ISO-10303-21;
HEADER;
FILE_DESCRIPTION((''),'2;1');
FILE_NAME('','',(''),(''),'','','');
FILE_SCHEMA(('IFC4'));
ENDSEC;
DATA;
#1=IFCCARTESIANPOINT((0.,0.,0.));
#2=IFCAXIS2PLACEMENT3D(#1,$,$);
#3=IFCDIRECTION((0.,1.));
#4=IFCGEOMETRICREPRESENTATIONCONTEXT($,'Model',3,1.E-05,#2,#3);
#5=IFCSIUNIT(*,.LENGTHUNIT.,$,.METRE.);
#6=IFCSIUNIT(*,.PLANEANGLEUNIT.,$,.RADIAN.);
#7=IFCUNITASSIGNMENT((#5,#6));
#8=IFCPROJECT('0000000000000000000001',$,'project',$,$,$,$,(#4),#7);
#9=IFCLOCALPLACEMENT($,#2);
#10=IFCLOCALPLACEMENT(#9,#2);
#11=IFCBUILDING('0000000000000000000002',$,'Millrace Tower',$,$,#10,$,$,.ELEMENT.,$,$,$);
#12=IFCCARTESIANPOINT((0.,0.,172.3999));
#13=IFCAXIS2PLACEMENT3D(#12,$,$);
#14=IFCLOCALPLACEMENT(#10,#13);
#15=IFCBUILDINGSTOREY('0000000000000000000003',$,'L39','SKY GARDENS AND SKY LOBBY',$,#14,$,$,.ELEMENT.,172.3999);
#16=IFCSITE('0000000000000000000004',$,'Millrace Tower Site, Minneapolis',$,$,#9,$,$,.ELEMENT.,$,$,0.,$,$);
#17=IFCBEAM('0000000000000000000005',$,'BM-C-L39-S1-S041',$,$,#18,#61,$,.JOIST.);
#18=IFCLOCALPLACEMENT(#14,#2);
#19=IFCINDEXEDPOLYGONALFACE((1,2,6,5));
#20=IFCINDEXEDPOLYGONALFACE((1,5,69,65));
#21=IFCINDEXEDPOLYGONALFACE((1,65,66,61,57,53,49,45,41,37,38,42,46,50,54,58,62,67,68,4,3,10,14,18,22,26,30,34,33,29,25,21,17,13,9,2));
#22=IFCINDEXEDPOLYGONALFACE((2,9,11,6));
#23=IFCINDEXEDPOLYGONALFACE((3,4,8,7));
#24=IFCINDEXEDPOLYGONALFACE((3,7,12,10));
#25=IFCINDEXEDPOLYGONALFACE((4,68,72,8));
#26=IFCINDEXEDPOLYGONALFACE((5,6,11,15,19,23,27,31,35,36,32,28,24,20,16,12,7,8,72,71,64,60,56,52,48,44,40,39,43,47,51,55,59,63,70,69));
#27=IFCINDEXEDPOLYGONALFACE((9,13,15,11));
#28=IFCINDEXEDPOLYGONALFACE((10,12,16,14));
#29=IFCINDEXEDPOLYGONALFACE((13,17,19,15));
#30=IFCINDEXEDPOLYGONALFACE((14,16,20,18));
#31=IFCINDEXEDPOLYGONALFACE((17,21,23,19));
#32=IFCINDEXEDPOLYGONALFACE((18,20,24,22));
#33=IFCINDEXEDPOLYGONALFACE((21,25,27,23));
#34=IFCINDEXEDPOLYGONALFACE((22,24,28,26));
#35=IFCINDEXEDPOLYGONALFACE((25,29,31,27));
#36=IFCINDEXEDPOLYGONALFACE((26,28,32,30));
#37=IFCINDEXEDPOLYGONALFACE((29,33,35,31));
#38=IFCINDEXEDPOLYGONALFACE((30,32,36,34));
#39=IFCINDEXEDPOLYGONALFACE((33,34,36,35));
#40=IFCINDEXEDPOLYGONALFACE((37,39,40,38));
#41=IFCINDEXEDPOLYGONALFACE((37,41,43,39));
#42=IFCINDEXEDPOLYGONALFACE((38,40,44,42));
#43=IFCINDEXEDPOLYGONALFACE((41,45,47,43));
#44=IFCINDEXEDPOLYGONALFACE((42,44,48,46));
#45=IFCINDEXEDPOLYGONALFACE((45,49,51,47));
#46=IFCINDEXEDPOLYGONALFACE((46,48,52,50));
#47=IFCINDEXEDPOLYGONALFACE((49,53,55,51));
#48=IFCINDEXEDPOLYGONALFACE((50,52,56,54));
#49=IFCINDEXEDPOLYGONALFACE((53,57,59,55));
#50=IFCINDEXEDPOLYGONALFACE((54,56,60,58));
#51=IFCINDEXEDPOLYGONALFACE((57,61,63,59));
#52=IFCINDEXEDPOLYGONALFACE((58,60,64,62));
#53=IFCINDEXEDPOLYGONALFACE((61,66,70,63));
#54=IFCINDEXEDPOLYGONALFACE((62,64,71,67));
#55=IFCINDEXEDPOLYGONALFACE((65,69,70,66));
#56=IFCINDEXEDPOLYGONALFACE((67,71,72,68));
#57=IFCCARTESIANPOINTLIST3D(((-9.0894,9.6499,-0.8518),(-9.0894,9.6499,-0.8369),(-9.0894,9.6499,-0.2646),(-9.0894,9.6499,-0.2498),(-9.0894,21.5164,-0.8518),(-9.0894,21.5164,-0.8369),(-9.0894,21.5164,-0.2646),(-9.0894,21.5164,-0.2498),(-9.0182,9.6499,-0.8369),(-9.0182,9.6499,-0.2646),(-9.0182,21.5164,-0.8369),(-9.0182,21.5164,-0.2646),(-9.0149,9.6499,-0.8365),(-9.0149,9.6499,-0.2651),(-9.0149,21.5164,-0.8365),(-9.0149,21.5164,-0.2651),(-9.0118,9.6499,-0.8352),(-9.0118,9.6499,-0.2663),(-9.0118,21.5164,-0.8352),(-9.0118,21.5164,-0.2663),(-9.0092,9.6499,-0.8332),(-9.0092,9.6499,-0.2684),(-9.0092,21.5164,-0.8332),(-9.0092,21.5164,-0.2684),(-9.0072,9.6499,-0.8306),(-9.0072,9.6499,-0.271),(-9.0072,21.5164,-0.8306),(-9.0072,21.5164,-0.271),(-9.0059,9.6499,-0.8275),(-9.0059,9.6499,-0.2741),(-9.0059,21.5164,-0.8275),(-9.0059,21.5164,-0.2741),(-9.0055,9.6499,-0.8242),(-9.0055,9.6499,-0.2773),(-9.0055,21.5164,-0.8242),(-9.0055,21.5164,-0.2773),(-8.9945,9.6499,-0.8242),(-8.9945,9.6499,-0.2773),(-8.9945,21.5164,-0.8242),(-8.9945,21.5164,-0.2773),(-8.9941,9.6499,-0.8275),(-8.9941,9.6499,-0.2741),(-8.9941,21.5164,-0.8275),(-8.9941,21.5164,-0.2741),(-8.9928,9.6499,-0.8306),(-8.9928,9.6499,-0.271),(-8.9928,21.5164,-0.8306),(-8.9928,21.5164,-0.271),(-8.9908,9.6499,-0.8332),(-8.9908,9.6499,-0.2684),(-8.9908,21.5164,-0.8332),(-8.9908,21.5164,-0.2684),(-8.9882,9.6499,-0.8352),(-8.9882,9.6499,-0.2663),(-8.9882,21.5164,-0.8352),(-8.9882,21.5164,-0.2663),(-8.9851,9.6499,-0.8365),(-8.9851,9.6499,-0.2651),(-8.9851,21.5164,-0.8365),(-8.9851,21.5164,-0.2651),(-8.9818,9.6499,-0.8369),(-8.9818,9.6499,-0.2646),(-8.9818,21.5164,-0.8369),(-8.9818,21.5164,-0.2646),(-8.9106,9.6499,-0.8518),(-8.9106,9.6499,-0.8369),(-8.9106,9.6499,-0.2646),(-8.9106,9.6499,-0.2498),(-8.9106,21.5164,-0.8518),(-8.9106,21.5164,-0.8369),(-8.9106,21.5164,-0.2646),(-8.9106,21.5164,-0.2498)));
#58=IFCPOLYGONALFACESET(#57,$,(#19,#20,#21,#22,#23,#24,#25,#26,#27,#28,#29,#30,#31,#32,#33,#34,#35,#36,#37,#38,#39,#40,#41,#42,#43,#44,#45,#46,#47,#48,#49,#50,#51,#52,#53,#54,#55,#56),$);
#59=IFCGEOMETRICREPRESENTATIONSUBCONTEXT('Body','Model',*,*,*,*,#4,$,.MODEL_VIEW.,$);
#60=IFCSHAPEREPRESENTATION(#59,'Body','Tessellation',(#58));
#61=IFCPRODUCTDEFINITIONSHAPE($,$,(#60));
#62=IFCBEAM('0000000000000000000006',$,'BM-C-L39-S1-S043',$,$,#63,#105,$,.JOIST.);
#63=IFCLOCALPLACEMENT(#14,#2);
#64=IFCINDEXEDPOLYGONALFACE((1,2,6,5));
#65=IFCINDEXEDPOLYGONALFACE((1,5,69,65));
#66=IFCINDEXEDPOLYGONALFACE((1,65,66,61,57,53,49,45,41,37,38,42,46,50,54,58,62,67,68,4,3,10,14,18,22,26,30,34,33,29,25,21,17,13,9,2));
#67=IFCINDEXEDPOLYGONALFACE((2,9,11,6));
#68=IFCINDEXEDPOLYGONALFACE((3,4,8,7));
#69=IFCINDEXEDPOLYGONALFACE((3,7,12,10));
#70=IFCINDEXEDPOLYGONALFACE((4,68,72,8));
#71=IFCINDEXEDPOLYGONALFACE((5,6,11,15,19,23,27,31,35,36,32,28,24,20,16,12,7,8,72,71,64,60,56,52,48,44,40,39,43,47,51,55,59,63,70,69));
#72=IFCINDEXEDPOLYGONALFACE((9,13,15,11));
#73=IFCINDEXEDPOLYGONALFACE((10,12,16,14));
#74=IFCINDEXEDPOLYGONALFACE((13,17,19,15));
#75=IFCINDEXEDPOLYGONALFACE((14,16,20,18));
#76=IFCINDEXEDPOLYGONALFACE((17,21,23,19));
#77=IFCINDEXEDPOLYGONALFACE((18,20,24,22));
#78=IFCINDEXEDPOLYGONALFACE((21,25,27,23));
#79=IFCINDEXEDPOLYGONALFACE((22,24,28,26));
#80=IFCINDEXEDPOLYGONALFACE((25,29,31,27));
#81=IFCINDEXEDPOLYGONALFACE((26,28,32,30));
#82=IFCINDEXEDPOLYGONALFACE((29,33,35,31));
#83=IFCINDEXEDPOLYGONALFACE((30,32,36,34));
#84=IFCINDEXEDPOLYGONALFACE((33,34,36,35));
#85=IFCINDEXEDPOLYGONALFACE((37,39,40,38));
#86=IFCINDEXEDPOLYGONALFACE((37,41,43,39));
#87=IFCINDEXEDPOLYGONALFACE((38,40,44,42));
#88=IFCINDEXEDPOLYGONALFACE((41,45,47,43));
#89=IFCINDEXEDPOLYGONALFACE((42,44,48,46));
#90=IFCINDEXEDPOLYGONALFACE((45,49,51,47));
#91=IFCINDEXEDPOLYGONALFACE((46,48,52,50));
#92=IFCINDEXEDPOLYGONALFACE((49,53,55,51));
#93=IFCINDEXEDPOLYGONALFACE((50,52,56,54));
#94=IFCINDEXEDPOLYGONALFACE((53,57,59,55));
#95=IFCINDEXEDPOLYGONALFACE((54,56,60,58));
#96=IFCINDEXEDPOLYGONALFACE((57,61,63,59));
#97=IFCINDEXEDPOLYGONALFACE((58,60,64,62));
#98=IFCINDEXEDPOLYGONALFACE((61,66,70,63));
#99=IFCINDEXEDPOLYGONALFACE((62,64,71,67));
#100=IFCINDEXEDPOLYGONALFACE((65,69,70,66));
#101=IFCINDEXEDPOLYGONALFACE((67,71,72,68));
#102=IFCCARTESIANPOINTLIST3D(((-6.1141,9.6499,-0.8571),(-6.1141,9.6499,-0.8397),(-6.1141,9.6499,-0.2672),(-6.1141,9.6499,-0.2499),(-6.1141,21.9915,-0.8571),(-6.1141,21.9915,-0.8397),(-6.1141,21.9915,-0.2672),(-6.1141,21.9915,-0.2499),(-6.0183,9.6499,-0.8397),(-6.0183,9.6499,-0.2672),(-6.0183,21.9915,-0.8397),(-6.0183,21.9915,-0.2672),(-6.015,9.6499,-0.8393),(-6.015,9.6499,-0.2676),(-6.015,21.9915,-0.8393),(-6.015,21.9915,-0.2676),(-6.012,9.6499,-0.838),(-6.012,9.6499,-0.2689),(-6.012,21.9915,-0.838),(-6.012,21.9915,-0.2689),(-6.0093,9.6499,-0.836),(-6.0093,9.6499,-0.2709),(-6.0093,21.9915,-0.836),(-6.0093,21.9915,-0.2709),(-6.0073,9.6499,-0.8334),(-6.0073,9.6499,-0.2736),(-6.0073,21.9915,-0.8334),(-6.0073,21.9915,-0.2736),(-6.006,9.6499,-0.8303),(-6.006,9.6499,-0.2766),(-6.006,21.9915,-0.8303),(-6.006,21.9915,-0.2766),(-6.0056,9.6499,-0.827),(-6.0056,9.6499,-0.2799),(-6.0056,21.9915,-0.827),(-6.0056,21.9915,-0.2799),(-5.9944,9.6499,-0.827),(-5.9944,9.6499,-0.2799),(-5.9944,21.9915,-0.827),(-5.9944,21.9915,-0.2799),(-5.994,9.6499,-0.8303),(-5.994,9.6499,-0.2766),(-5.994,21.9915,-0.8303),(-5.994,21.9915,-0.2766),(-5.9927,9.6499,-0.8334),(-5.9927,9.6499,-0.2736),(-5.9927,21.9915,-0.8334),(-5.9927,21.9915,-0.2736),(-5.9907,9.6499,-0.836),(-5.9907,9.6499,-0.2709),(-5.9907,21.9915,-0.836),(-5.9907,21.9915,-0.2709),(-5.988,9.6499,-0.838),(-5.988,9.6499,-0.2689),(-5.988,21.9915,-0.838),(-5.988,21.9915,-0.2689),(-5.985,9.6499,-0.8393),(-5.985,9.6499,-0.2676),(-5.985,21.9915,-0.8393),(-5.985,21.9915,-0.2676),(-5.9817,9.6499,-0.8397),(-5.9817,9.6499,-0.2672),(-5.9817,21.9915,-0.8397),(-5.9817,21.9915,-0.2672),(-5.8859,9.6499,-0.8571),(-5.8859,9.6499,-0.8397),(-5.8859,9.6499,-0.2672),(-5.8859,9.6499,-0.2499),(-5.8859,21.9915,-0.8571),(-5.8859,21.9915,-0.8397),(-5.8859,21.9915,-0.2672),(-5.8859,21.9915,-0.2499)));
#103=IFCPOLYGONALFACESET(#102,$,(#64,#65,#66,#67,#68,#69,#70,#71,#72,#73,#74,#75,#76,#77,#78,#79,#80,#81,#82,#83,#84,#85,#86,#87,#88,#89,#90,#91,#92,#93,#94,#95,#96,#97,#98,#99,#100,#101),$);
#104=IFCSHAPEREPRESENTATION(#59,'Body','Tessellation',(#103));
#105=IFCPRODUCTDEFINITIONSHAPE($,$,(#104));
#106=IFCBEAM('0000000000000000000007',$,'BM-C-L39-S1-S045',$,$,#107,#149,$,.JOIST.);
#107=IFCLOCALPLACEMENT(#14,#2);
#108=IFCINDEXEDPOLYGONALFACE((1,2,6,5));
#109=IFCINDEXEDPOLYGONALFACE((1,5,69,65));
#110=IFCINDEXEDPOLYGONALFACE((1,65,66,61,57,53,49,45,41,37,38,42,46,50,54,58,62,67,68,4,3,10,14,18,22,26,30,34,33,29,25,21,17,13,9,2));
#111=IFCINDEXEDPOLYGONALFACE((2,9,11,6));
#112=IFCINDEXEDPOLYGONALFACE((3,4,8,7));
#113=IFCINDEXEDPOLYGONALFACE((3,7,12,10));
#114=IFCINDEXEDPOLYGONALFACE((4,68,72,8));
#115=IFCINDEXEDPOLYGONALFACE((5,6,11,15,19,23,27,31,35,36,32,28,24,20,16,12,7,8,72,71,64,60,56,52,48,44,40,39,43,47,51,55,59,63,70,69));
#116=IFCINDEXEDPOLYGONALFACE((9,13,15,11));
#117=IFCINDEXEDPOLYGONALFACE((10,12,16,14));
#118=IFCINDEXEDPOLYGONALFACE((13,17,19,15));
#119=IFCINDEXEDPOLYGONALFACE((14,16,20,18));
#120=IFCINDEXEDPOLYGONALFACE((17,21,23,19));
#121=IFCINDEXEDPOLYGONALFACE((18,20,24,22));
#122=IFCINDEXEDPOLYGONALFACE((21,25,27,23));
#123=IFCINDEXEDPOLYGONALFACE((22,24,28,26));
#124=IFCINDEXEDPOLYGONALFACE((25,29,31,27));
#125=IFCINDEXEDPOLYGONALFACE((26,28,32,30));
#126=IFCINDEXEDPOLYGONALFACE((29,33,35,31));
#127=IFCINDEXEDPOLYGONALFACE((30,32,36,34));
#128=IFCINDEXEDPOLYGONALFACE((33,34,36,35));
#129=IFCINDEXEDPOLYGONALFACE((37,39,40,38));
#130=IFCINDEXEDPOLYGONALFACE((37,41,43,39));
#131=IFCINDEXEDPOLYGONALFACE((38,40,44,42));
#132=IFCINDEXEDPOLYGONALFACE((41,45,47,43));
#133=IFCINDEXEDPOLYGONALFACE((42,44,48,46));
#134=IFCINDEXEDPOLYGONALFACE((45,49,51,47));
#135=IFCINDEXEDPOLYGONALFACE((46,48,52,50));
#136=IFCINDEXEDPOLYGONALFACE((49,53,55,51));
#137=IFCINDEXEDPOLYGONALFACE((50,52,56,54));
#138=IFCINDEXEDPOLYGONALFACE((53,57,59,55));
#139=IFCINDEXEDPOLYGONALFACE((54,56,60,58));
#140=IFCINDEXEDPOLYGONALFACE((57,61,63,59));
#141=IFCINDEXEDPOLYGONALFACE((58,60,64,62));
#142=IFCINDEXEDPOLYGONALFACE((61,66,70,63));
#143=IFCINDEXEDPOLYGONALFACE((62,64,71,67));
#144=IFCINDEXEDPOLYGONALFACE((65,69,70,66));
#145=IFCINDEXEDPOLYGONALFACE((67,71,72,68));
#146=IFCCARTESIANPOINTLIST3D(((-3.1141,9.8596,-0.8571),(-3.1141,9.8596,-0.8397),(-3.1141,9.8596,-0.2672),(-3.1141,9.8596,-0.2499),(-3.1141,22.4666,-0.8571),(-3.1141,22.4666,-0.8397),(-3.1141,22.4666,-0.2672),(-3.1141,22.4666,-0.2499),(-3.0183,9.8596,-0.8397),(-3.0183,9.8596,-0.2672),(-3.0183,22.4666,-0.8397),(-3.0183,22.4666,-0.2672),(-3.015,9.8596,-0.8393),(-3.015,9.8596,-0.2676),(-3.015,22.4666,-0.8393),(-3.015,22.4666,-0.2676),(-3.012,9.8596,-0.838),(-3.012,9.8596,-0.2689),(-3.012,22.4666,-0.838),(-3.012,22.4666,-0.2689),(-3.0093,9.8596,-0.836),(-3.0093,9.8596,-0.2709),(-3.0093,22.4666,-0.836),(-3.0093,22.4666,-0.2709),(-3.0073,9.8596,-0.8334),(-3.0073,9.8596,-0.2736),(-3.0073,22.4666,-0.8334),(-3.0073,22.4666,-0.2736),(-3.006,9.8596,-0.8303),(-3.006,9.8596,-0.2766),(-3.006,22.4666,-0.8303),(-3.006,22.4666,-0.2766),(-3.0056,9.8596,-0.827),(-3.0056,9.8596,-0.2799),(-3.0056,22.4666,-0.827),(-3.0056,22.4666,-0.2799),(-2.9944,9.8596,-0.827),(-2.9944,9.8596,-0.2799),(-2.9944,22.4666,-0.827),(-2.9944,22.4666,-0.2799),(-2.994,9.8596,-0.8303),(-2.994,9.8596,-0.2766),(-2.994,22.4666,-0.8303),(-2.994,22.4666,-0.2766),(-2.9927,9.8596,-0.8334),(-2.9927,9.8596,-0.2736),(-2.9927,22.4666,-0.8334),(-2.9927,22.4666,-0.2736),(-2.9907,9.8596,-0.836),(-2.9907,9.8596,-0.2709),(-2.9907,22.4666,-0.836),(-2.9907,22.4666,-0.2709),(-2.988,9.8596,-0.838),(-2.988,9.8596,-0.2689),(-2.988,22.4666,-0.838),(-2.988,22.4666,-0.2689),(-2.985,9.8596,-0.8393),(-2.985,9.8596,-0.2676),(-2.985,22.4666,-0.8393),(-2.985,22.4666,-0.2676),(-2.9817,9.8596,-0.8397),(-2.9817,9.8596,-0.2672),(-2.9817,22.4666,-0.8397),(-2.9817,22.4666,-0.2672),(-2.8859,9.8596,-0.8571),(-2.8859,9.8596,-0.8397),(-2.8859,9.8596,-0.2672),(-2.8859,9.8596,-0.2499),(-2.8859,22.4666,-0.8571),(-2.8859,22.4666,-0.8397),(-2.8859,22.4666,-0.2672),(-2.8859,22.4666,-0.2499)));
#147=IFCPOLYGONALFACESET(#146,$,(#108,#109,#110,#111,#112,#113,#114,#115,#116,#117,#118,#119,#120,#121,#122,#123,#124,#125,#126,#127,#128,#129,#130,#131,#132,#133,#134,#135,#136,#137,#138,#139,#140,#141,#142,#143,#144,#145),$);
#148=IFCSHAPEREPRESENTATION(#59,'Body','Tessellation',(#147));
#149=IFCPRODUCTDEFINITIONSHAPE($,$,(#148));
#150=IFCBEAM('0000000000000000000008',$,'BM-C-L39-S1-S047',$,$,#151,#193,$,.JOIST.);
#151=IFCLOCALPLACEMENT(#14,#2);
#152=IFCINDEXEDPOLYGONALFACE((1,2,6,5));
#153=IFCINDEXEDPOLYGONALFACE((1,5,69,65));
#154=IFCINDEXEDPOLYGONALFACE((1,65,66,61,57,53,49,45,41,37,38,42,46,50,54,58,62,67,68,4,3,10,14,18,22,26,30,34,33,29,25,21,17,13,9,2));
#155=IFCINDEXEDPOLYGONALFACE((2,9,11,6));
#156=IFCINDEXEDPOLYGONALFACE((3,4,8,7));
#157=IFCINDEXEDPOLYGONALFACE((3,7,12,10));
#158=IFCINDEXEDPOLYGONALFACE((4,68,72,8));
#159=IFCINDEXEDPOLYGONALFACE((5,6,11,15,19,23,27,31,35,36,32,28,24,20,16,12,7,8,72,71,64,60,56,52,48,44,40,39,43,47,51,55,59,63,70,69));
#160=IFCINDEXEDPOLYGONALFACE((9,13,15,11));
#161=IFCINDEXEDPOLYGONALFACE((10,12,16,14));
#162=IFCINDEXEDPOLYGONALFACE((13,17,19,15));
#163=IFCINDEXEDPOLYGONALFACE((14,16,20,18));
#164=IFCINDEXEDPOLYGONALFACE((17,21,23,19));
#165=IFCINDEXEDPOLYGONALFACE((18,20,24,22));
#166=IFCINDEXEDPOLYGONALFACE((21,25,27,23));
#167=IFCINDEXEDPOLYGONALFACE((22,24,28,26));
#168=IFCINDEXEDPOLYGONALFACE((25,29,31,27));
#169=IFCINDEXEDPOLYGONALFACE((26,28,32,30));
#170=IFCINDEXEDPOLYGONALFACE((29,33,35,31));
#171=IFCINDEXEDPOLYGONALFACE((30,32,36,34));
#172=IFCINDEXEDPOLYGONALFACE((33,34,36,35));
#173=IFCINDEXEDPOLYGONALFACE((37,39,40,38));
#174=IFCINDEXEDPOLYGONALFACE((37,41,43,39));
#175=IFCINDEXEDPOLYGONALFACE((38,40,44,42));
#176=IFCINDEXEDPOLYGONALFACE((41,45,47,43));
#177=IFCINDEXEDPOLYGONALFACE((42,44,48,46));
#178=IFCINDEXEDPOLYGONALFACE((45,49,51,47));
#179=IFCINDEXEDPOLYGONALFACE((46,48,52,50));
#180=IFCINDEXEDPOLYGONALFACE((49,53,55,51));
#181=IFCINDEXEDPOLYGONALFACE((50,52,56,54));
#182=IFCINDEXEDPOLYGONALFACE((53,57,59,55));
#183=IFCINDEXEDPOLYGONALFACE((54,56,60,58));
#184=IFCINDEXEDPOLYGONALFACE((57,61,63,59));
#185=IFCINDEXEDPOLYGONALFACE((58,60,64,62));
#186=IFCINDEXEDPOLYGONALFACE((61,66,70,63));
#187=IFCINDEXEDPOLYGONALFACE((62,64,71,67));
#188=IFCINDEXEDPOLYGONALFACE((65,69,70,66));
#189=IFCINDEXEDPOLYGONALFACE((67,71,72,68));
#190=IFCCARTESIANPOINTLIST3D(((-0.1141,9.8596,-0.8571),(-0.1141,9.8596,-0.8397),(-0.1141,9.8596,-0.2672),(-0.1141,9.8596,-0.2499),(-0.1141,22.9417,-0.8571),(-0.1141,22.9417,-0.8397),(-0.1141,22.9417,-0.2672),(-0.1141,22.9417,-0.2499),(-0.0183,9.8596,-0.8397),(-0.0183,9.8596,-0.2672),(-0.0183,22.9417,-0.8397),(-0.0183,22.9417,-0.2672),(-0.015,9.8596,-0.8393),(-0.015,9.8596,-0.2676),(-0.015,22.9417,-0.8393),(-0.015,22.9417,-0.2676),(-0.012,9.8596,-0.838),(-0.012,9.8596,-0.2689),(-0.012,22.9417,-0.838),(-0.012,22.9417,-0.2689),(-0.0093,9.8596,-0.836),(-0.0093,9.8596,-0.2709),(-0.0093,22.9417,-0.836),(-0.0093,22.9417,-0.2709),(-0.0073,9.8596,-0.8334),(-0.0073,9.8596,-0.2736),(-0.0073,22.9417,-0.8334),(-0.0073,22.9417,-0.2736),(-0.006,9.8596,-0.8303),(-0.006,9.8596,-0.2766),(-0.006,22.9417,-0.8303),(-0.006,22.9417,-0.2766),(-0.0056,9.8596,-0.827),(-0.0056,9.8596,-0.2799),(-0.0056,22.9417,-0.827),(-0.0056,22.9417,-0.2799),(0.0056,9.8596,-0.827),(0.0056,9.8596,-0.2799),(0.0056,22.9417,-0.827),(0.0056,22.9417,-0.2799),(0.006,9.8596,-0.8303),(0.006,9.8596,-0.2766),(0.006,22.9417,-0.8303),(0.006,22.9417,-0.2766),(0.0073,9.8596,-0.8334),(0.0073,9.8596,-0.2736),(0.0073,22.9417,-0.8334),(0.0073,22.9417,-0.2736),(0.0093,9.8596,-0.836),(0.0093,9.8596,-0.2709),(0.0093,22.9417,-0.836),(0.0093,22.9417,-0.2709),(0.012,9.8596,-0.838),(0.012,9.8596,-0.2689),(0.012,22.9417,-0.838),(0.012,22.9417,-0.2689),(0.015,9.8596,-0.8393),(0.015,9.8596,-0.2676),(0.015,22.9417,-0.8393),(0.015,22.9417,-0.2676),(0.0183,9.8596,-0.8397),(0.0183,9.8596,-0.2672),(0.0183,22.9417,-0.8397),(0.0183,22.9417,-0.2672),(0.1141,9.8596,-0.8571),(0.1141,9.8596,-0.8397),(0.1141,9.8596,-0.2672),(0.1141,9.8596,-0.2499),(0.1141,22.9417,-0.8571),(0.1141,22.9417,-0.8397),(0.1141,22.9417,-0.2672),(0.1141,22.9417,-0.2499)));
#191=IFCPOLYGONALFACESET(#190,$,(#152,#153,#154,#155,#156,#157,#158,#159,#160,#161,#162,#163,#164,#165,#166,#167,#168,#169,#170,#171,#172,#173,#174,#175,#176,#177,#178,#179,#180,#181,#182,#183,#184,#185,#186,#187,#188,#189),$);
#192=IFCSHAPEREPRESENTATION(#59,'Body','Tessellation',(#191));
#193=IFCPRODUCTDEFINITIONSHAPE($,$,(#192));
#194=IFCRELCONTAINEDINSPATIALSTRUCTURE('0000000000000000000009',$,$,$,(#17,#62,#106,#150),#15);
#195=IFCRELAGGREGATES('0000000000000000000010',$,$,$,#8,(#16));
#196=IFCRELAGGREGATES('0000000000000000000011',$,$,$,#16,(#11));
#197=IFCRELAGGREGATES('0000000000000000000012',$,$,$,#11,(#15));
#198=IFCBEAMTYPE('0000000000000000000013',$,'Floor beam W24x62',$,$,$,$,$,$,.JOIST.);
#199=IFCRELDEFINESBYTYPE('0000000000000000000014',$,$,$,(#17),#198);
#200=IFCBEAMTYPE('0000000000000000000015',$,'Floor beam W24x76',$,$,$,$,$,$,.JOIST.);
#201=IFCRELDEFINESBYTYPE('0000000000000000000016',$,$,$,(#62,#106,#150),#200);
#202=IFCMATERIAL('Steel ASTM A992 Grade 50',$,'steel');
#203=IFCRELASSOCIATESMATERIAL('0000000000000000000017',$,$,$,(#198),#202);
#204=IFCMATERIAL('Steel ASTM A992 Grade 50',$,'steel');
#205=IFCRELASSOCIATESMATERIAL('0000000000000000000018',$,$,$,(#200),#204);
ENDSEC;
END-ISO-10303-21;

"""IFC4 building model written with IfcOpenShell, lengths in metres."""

from ifc_helpers import new_model, si_unit, direction, frame, origin, origin_2d, place, context, subcontext, project, spatial, i_section, extrude, material, material_profile, profile_set, type_object, element, save


model = new_model("IFC4")

# Units and contexts
model_context = context("Model", 3, precision=1e-05, world=origin(), true_north=direction((0.0, 1.0)))
body_context = subcontext(model_context, "Body", "Model", "MODEL_VIEW")
ifc_project = project(units=[si_unit("LENGTHUNIT", "METRE"), si_unit("PLANEANGLEUNIT", "RADIAN")], contexts=[model_context])

# Site, building, storey
site_placement = place(None, origin())
site = spatial("IfcSite", under=ifc_project, at=site_placement, Name="Millrace Tower Site, Minneapolis", CompositionType="ELEMENT", RefElevation=0.0)
building_placement = place(site_placement, origin())
building = spatial("IfcBuilding", under=site, at=building_placement, Name="Millrace Tower", CompositionType="ELEMENT")
storey_placement = place(building_placement, frame((0.0, 0.0, 172.3999)))
storey = spatial("IfcBuildingStorey", under=building, at=storey_placement, Name="L39", Description="SKY GARDENS AND SKY LOBBY", CompositionType="ELEMENT", Elevation=172.3999)

# Beams
ifc_material_1 = material(Name="Steel ASTM A992 Grade 50", Category="steel")
ifc_material_profile_1 = material_profile(ifc_material_1, i_section(OverallWidth=0.1787, OverallDepth=0.6021, WebThickness=0.011, FlangeThickness=0.0149, FilletRadius=0.0127, at=origin_2d()))
ifc_profile_set_1 = profile_set([ifc_material_profile_1], Name="Steel ASTM A992 Grade 50")
beam_type_1 = type_object("IfcBeamType", Name="Floor beam W24x62", PredefinedType="JOIST", material=ifc_profile_set_1)
beam_1_placement = place(storey_placement, frame((-9.0, 9.6499, -0.5508), z_axis=(0.0, 1.0, 0.0), x_axis=(-1.0, 0.0, 0.0)))
element("IfcBeam", 1, at=beam_1_placement, inside=storey, type_object=beam_type_1, Name="BM-C-L39-S1-S041", PredefinedType="JOIST", context=body_context, shape_type="SweptSolid", body=[
    extrude(i_section(OverallWidth=0.1787, OverallDepth=0.6021, WebThickness=0.011, FlangeThickness=0.0149, FilletRadius=0.0127, at=origin_2d()), origin(), (0.0, 0.0, 1.0), 11.8665),
])
ifc_material_2 = material(Name="Steel ASTM A992 Grade 50", Category="steel")
ifc_material_profile_2 = material_profile(ifc_material_2, i_section(OverallWidth=0.2283, OverallDepth=0.6072, WebThickness=0.0112, FlangeThickness=0.0173, FilletRadius=0.0127, at=origin_2d()))
ifc_profile_set_2 = profile_set([ifc_material_profile_2], Name="Steel ASTM A992 Grade 50")
beam_type_2 = type_object("IfcBeamType", Name="Floor beam W24x76", PredefinedType="JOIST", material=ifc_profile_set_2)
beam_2_placement = place(storey_placement, frame((-6.0, 9.6499, -0.5535), z_axis=(0.0, 1.0, 0.0), x_axis=(-1.0, 0.0, 0.0)))
element("IfcBeam", 2, at=beam_2_placement, inside=storey, type_object=beam_type_2, Name="BM-C-L39-S1-S043", PredefinedType="JOIST", context=body_context, shape_type="SweptSolid", body=[
    extrude(i_section(OverallWidth=0.2283, OverallDepth=0.6072, WebThickness=0.0112, FlangeThickness=0.0173, FilletRadius=0.0127, at=origin_2d()), origin(), (0.0, 0.0, 1.0), 12.3416),
])
beam_3_placement = place(storey_placement, frame((-3.0, 9.8596, -0.5535), z_axis=(0.0, 1.0, 0.0), x_axis=(-1.0, 0.0, 0.0)))
element("IfcBeam", 3, at=beam_3_placement, inside=storey, type_object=beam_type_2, Name="BM-C-L39-S1-S045", PredefinedType="JOIST", context=body_context, shape_type="SweptSolid", body=[
    extrude(i_section(OverallWidth=0.2283, OverallDepth=0.6072, WebThickness=0.0112, FlangeThickness=0.0173, FilletRadius=0.0127, at=origin_2d()), origin(), (0.0, 0.0, 1.0), 12.6069),
])
beam_4_placement = place(storey_placement, frame((0.0, 9.8596, -0.5535), z_axis=(0.0, 1.0, 0.0), x_axis=(-1.0, 0.0, 0.0)))
element("IfcBeam", 4, at=beam_4_placement, inside=storey, type_object=beam_type_2, Name="BM-C-L39-S1-S047", PredefinedType="JOIST", context=body_context, shape_type="SweptSolid", body=[
    extrude(i_section(OverallWidth=0.2283, OverallDepth=0.6072, WebThickness=0.0112, FlangeThickness=0.0173, FilletRadius=0.0127, at=origin_2d()), origin(), (0.0, 0.0, 1.0), 13.082),
])

save(model, "model.ifc")
